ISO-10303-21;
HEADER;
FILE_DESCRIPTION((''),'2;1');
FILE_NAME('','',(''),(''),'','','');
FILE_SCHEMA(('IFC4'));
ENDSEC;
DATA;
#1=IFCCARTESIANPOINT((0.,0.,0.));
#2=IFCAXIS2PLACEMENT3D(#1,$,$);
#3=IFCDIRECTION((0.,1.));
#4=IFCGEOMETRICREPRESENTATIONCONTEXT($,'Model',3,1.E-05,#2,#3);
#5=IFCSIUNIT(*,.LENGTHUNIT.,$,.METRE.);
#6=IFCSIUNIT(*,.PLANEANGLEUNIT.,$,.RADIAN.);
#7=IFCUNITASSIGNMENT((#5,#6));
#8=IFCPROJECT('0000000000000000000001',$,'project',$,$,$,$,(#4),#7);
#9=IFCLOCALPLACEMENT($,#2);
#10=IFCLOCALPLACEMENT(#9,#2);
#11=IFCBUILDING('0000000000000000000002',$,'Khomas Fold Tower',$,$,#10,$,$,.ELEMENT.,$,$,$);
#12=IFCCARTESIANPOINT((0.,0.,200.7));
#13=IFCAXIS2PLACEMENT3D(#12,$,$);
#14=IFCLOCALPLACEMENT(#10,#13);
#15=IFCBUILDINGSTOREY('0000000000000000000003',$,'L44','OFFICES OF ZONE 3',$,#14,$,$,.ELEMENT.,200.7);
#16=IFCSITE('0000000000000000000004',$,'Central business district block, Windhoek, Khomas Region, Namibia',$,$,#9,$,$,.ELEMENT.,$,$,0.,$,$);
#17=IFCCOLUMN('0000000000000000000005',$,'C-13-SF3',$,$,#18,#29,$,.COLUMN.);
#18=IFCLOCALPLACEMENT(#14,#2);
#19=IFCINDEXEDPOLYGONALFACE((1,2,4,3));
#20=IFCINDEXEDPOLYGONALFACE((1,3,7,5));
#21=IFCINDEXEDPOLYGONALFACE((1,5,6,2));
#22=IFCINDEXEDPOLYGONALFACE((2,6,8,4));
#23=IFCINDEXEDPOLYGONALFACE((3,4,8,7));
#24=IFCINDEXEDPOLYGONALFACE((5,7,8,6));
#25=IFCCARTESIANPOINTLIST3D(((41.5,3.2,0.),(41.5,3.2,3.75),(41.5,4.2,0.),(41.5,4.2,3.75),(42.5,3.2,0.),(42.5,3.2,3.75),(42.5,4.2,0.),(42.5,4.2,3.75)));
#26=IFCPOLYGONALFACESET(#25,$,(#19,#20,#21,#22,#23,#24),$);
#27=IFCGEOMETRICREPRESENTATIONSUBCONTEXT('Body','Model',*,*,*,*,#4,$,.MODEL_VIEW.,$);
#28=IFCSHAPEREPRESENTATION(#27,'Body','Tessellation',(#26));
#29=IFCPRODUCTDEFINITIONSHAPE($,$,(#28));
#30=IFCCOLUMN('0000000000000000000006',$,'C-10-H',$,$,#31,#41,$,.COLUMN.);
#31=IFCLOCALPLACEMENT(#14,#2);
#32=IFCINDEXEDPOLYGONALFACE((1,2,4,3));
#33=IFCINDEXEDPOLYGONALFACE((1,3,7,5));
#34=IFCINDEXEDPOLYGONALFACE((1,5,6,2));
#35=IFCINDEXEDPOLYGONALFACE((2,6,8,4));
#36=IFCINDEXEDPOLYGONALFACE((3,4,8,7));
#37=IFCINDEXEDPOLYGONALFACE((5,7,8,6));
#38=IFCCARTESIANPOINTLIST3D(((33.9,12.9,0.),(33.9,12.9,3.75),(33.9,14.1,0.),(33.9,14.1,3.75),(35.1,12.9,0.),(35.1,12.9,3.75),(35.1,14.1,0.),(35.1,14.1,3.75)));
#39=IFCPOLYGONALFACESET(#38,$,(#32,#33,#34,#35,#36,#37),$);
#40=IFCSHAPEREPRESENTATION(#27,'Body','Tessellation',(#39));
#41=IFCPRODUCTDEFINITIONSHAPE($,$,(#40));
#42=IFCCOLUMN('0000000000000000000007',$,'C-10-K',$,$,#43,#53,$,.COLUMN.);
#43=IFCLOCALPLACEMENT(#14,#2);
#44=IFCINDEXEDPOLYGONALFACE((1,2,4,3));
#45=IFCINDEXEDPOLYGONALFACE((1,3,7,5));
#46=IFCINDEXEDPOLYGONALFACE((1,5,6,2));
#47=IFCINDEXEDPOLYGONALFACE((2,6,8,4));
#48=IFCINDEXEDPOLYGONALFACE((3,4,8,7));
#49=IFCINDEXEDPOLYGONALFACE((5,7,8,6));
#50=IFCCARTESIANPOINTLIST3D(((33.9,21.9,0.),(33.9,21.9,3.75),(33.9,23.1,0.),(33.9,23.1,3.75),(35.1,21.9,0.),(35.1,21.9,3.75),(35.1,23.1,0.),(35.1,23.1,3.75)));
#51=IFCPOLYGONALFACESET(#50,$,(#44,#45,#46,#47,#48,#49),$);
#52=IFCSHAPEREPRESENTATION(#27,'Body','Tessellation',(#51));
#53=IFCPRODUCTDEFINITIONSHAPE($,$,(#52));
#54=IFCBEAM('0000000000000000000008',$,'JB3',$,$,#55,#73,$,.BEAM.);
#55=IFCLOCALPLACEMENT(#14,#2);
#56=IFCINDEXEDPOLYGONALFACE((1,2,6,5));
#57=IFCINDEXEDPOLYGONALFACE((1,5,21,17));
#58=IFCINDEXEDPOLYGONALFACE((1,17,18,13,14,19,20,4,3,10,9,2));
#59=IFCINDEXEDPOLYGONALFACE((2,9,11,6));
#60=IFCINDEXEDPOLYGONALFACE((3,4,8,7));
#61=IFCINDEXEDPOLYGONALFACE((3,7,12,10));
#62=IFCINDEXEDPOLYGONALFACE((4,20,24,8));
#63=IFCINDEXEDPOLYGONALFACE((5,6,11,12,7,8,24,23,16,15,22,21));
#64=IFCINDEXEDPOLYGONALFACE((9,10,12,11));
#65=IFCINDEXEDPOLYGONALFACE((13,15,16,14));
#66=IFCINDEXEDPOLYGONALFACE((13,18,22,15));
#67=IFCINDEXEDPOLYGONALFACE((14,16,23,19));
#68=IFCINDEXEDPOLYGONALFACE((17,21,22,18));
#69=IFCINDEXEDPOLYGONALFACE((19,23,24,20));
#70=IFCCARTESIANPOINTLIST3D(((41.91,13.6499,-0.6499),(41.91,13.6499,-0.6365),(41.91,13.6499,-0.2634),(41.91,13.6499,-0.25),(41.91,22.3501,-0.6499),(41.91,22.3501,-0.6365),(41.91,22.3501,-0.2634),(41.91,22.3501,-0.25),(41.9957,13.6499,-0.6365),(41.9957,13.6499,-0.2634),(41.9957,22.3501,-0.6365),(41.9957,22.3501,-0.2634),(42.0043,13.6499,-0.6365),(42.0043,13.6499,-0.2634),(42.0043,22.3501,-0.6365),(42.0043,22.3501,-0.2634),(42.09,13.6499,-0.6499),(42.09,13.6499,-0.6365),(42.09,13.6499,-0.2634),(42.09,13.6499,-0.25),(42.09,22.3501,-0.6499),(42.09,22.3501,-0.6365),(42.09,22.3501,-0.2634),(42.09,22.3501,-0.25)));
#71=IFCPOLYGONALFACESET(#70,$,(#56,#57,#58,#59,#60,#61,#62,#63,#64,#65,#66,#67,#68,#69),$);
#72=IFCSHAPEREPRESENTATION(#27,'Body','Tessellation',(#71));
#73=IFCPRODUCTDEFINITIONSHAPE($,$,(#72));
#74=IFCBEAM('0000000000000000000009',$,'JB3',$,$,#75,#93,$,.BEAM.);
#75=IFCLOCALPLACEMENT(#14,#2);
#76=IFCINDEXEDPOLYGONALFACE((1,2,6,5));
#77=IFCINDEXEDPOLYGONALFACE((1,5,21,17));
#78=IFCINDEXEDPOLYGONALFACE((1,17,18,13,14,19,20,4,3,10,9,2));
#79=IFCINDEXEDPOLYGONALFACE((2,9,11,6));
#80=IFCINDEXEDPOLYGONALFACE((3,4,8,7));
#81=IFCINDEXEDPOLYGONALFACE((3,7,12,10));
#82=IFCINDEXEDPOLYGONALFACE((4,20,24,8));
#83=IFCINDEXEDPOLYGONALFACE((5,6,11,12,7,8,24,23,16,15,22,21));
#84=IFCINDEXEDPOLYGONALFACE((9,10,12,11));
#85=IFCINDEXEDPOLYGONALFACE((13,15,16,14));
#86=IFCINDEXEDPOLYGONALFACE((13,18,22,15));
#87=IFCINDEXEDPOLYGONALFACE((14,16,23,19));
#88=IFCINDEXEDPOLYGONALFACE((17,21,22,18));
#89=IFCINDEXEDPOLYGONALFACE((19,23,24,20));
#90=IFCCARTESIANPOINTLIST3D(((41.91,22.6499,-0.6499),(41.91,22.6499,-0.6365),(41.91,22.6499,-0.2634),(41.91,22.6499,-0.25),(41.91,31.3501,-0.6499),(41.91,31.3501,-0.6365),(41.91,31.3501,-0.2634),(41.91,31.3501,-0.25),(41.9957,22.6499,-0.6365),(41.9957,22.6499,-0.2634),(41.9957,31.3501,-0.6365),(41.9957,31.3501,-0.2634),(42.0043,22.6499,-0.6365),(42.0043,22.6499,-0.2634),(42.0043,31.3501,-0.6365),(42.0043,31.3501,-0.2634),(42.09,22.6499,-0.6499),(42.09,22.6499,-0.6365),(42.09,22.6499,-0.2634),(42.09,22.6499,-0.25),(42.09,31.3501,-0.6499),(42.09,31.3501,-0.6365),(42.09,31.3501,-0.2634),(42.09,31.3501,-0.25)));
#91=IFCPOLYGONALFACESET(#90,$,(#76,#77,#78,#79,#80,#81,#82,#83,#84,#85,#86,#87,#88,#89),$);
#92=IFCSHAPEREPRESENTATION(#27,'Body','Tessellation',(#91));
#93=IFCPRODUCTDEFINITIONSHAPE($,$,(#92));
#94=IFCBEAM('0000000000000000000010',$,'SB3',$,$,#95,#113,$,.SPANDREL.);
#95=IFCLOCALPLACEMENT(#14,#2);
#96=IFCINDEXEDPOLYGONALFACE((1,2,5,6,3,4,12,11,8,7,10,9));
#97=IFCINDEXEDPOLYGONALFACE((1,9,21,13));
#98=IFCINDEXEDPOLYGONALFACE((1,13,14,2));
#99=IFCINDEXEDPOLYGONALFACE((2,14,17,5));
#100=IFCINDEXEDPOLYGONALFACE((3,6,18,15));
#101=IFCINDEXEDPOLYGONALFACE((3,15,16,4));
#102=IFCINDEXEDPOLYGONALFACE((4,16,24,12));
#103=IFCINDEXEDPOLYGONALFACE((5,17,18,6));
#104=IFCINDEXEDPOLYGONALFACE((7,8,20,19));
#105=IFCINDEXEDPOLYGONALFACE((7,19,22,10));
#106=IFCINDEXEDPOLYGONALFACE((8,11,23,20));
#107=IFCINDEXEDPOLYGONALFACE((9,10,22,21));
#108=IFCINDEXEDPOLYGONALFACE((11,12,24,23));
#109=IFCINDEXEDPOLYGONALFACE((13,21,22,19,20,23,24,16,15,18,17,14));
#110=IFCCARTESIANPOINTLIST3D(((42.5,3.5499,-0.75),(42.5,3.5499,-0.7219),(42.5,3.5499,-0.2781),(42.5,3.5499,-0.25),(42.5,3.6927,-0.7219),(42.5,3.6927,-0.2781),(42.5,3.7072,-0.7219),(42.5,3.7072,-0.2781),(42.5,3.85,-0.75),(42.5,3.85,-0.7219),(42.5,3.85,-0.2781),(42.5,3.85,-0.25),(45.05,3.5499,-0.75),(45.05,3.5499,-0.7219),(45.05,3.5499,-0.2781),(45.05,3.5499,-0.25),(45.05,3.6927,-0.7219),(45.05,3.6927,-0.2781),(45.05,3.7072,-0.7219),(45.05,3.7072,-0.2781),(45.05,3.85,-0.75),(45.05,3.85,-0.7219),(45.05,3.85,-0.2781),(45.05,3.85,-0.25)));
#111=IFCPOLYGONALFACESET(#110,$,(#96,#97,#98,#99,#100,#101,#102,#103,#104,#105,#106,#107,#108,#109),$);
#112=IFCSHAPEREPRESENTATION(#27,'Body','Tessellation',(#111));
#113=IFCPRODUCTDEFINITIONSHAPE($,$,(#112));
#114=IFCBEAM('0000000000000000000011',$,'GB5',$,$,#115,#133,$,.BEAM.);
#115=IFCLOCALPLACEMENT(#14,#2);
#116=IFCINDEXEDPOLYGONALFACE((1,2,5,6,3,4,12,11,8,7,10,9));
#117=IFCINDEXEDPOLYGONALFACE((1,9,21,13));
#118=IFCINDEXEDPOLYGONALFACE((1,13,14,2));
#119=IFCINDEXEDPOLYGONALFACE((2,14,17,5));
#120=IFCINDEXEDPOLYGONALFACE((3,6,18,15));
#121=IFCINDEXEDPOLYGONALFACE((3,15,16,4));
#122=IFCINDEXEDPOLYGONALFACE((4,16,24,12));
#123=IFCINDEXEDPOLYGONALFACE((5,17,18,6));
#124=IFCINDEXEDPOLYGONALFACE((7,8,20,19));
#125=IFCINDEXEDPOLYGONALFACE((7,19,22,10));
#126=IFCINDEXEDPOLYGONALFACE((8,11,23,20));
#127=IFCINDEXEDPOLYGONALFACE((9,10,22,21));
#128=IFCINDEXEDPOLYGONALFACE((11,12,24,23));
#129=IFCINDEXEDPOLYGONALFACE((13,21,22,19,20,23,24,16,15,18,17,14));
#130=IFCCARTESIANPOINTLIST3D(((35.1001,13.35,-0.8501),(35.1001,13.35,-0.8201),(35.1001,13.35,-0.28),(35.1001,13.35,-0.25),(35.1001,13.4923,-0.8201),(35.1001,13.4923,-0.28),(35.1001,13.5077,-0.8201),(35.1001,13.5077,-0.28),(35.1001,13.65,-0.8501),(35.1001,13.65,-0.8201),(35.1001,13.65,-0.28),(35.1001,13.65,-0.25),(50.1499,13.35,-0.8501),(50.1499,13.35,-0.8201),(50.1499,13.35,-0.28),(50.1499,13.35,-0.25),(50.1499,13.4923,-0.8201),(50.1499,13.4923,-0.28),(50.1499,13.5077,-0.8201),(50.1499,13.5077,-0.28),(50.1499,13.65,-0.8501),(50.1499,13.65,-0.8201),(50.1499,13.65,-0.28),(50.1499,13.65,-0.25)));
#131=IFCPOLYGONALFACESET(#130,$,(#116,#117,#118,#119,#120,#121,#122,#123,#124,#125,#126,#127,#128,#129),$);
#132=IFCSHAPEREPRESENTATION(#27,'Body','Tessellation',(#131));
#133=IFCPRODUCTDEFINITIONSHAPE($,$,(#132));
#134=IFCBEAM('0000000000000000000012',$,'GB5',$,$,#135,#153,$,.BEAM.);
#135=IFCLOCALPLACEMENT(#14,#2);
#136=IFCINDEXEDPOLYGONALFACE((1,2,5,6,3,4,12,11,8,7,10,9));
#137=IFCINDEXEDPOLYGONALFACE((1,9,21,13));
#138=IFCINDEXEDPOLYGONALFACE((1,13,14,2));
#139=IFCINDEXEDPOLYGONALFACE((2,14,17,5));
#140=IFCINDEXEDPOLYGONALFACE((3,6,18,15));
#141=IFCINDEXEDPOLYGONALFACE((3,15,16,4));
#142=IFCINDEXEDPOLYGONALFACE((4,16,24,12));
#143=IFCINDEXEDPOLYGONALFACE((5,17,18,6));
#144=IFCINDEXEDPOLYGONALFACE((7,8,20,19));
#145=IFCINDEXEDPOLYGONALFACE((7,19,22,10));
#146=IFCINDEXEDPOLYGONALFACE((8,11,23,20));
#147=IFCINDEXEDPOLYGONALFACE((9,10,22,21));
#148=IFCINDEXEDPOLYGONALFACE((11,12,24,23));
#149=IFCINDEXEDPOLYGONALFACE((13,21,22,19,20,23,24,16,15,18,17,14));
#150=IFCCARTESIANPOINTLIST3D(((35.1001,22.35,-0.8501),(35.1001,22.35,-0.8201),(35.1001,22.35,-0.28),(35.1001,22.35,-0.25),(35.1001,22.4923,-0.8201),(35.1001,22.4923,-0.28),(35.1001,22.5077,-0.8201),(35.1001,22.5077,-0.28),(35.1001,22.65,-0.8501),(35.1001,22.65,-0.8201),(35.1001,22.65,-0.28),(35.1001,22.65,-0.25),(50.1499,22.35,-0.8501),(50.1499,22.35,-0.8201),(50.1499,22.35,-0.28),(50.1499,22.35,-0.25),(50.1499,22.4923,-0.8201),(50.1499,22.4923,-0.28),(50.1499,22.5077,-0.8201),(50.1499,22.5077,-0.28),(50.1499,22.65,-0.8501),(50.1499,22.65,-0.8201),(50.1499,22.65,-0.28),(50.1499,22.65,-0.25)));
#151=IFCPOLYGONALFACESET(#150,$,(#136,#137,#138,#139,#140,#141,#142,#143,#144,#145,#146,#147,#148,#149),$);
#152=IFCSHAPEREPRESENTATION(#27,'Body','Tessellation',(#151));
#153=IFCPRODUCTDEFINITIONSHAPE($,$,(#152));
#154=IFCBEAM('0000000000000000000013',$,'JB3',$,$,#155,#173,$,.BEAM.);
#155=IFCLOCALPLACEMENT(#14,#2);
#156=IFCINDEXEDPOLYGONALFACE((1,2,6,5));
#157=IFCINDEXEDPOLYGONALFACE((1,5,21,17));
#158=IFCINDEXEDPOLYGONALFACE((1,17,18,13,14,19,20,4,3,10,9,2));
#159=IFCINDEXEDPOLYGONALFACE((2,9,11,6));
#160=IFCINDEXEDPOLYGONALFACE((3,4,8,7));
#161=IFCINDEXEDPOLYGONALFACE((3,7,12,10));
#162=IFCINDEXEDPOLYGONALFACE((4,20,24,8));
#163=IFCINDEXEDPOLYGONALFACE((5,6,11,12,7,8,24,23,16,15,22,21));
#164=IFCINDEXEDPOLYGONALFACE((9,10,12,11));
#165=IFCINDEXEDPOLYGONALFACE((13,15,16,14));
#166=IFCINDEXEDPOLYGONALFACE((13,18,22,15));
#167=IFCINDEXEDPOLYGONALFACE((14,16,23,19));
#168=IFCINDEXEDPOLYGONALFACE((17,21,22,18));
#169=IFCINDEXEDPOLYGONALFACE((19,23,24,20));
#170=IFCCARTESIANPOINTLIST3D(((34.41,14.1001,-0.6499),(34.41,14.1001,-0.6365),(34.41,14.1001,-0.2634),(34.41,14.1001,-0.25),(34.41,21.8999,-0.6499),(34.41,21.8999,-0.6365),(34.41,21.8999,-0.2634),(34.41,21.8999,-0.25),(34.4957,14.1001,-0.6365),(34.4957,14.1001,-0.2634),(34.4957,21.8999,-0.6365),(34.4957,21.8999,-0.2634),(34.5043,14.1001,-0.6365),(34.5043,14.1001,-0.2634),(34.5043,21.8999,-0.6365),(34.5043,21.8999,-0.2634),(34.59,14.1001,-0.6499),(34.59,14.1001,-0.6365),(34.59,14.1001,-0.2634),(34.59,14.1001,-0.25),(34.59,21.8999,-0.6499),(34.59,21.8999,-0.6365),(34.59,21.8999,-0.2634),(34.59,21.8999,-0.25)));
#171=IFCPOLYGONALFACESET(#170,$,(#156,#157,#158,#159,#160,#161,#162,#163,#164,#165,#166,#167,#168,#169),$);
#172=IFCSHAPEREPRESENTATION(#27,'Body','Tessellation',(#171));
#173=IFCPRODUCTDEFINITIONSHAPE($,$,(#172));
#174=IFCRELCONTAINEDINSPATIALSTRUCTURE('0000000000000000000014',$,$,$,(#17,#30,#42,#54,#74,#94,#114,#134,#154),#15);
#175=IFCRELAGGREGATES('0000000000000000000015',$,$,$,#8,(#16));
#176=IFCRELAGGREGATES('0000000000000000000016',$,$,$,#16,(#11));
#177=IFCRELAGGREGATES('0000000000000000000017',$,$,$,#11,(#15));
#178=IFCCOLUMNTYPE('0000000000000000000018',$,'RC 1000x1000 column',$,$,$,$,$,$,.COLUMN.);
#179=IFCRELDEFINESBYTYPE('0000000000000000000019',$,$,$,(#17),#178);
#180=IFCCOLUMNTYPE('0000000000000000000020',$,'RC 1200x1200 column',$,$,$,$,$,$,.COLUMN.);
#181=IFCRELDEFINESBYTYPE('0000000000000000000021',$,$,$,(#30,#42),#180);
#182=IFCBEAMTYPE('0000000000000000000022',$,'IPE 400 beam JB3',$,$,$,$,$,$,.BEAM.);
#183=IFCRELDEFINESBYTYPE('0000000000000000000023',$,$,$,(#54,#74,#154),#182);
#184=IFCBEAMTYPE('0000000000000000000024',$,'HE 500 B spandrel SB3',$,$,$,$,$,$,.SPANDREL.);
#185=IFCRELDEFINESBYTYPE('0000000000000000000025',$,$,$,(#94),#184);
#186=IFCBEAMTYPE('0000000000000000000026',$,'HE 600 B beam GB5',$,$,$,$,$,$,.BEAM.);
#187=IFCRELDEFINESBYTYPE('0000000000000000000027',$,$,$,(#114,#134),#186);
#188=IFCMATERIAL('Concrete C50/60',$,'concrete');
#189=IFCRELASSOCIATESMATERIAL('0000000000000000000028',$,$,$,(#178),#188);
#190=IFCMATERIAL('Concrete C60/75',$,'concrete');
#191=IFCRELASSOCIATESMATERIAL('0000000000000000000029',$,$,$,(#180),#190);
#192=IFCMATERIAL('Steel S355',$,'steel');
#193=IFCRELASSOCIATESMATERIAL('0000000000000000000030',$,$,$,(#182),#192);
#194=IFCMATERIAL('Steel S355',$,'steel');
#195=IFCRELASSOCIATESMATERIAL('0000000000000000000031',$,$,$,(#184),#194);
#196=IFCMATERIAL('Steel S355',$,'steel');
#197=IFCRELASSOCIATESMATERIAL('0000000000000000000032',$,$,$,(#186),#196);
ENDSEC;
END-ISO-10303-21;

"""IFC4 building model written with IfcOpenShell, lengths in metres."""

from ifc_helpers import new_model, si_unit, direction, frame, origin, origin_2d, place, context, subcontext, project, spatial, rectangle, i_section, extrude, source, transform, mapped, material, material_profile, profile_set, type_object, element, save


model = new_model("IFC4")

# Units and contexts
model_context = context("Model", 3, precision=1e-05, world=origin(), true_north=direction((0.0, 1.0)))
body_context = subcontext(model_context, "Body", "Model", "MODEL_VIEW")
ifc_project = project(units=[si_unit("LENGTHUNIT", "METRE"), si_unit("PLANEANGLEUNIT", "RADIAN")], contexts=[model_context])

# Site, building, storey
site_placement = place(None, origin())
site = spatial("IfcSite", under=ifc_project, at=site_placement, Name="Central business district block, Windhoek, Khomas Region, Namibia", CompositionType="ELEMENT", RefElevation=0.0)
building_placement = place(site_placement, origin())
building = spatial("IfcBuilding", under=site, at=building_placement, Name="Khomas Fold Tower", CompositionType="ELEMENT")
storey_placement = place(building_placement, frame((0.0, 0.0, 200.7)))
storey = spatial("IfcBuildingStorey", under=building, at=storey_placement, Name="L44", Description="OFFICES OF ZONE 3", CompositionType="ELEMENT", Elevation=200.7)

# Columns
ifc_material_1 = material(Name="Concrete C50/60", Category="concrete")
ifc_material_profile_1 = material_profile(ifc_material_1, rectangle(XDim=1.0, YDim=1.0, at=origin_2d()), Name="RC 1000x1000")
ifc_profile_set_1 = profile_set([ifc_material_profile_1], Name="Concrete C50/60")
column_type_1 = type_object("IfcColumnType", Name="RC 1000x1000 column", PredefinedType="COLUMN", material=ifc_profile_set_1)
shared_shape_1 = source(origin(), body_context, "Body", "SweptSolid", [
    extrude(rectangle(XDim=1.0, YDim=1.0, at=origin_2d()), origin(), (0.0, 0.0, 1.0), 3.75),
])
column_placement = place(storey_placement, frame((42.0, 3.7, 0.0), z_axis=(0.0, 0.0, 1.0), x_axis=(1.0, 0.0, 0.0)))
element("IfcColumn", 1, at=column_placement, inside=storey, type_object=column_type_1, Name="C-13-SF3", PredefinedType="COLUMN", context=body_context, shape_type="MappedRepresentation", body=[
    mapped(shared_shape_1, transform((0.0, 0.0, 0.0))),
])
ifc_material_2 = material(Name="Concrete C60/75", Category="concrete")
ifc_material_profile_2 = material_profile(ifc_material_2, rectangle(XDim=1.2, YDim=1.2, at=origin_2d()), Name="RC 1200x1200")
ifc_profile_set_2 = profile_set([ifc_material_profile_2], Name="Concrete C60/75")
column_type_2 = type_object("IfcColumnType", Name="RC 1200x1200 column", PredefinedType="COLUMN", material=ifc_profile_set_2)
shared_shape_2 = source(origin(), body_context, "Body", "SweptSolid", [
    extrude(rectangle(XDim=1.2, YDim=1.2, at=origin_2d()), origin(), (0.0, 0.0, 1.0), 3.75),
])
for number, where, z_axis, x_axis, name in (
    (2, (34.5, 13.5, 0.0), (0.0, 0.0, 1.0), (1.0, 0.0, 0.0), "C-10-H"),
    (3, (34.5, 22.5, 0.0), (0.0, 0.0, 1.0), (1.0, 0.0, 0.0), "C-10-K"),
):
    element("IfcColumn", number, at=place(storey_placement, frame(where, z_axis=z_axis, x_axis=x_axis)), inside=storey, type_object=column_type_2, Name=name, PredefinedType="COLUMN", context=body_context, shape_type="MappedRepresentation", body=[
        mapped(shared_shape_2, transform((0.0, 0.0, 0.0))),
    ])

# Beams
ifc_material_3 = material(Name="Steel S355", Category="steel")
ifc_material_profile_3 = material_profile(ifc_material_3, i_section(OverallWidth=0.1799, OverallDepth=0.3999, WebThickness=0.0085, FlangeThickness=0.0134, at=origin_2d()), Name="IPE 400")
ifc_profile_set_3 = profile_set([ifc_material_profile_3], Name="Steel S355")
beam_type_1 = type_object("IfcBeamType", Name="IPE 400 beam JB3", PredefinedType="BEAM", material=ifc_profile_set_3)
shared_shape_3 = source(origin(), body_context, "Body", "SweptSolid", [
    extrude(i_section(OverallWidth=0.1799, OverallDepth=0.3999, WebThickness=0.0085, FlangeThickness=0.0134, at=origin_2d()), origin(), (0.0, 0.0, 1.0), 8.7002),
])
for number, where, z_axis, x_axis, name in (
    (4, (42.0, 13.6499, -0.45), (0.0, 1.0, 0.0), (-1.0, 0.0, 0.0), "JB3"),
    (5, (42.0, 22.6499, -0.45), (0.0, 1.0, 0.0), (-1.0, 0.0, 0.0), "JB3"),
):
    element("IfcBeam", number, at=place(storey_placement, frame(where, z_axis=z_axis, x_axis=x_axis)), inside=storey, type_object=beam_type_1, Name=name, PredefinedType="BEAM", context=body_context, shape_type="MappedRepresentation", body=[
        mapped(shared_shape_3, transform((0.0, 0.0, 0.0))),
    ])
ifc_material_4 = material(Name="Steel S355", Category="steel")
ifc_material_profile_4 = material_profile(ifc_material_4, i_section(OverallWidth=0.3, OverallDepth=0.5, WebThickness=0.0144, FlangeThickness=0.0281, at=origin_2d()), Name="HE 500 B")
ifc_profile_set_4 = profile_set([ifc_material_profile_4], Name="Steel S355")
beam_type_2 = type_object("IfcBeamType", Name="HE 500 B spandrel SB3", PredefinedType="SPANDREL", material=ifc_profile_set_4)
shared_shape_4 = source(origin(), body_context, "Body", "SweptSolid", [
    extrude(i_section(OverallWidth=0.3, OverallDepth=0.5, WebThickness=0.0144, FlangeThickness=0.0281, at=origin_2d()), origin(), (0.0, 0.0, 1.0), 2.55),
])
beam_1_placement = place(storey_placement, frame((42.5, 3.7, -0.5), z_axis=(1.0, 0.0, 0.0), x_axis=(0.0, 1.0, 0.0)))
element("IfcBeam", 6, at=beam_1_placement, inside=storey, type_object=beam_type_2, Name="SB3", PredefinedType="SPANDREL", context=body_context, shape_type="MappedRepresentation", body=[
    mapped(shared_shape_4, transform((0.0, 0.0, 0.0))),
])
ifc_material_5 = material(Name="Steel S355", Category="steel")
ifc_material_profile_5 = material_profile(ifc_material_5, i_section(OverallWidth=0.3, OverallDepth=0.6001, WebThickness=0.0154, FlangeThickness=0.03, at=origin_2d()), Name="HE 600 B")
ifc_profile_set_5 = profile_set([ifc_material_profile_5], Name="Steel S355")
beam_type_3 = type_object("IfcBeamType", Name="HE 600 B beam GB5", PredefinedType="BEAM", material=ifc_profile_set_5)
shared_shape_5 = source(origin(), body_context, "Body", "SweptSolid", [
    extrude(i_section(OverallWidth=0.3, OverallDepth=0.6001, WebThickness=0.0154, FlangeThickness=0.03, at=origin_2d()), origin(), (0.0, 0.0, 1.0), 15.0498),
])
for number, where, z_axis, x_axis, name in (
    (7, (35.1001, 13.5, -0.55), (1.0, 0.0, 0.0), (0.0, 1.0, 0.0), "GB5"),
    (8, (35.1001, 22.5, -0.55), (1.0, 0.0, 0.0), (0.0, 1.0, 0.0), "GB5"),
):
    element("IfcBeam", number, at=place(storey_placement, frame(where, z_axis=z_axis, x_axis=x_axis)), inside=storey, type_object=beam_type_3, Name=name, PredefinedType="BEAM", context=body_context, shape_type="MappedRepresentation", body=[
        mapped(shared_shape_5, transform((0.0, 0.0, 0.0))),
    ])
shared_shape_6 = source(origin(), body_context, "Body", "SweptSolid", [
    extrude(i_section(OverallWidth=0.1799, OverallDepth=0.3999, WebThickness=0.0085, FlangeThickness=0.0134, at=origin_2d()), origin(), (0.0, 0.0, 1.0), 7.7998),
])
for number, where, z_axis, x_axis, name in (
    (9, (34.5, 14.1001, -0.45), (0.0, 1.0, 0.0), (-1.0, 0.0, 0.0), "JB3"),
):
    element("IfcBeam", number, at=place(storey_placement, frame(where, z_axis=z_axis, x_axis=x_axis)), inside=storey, type_object=beam_type_1, Name=name, PredefinedType="BEAM", context=body_context, shape_type="MappedRepresentation", body=[
        mapped(shared_shape_6, transform((0.0, 0.0, 0.0))),
    ])

save(model, "model.ifc")
